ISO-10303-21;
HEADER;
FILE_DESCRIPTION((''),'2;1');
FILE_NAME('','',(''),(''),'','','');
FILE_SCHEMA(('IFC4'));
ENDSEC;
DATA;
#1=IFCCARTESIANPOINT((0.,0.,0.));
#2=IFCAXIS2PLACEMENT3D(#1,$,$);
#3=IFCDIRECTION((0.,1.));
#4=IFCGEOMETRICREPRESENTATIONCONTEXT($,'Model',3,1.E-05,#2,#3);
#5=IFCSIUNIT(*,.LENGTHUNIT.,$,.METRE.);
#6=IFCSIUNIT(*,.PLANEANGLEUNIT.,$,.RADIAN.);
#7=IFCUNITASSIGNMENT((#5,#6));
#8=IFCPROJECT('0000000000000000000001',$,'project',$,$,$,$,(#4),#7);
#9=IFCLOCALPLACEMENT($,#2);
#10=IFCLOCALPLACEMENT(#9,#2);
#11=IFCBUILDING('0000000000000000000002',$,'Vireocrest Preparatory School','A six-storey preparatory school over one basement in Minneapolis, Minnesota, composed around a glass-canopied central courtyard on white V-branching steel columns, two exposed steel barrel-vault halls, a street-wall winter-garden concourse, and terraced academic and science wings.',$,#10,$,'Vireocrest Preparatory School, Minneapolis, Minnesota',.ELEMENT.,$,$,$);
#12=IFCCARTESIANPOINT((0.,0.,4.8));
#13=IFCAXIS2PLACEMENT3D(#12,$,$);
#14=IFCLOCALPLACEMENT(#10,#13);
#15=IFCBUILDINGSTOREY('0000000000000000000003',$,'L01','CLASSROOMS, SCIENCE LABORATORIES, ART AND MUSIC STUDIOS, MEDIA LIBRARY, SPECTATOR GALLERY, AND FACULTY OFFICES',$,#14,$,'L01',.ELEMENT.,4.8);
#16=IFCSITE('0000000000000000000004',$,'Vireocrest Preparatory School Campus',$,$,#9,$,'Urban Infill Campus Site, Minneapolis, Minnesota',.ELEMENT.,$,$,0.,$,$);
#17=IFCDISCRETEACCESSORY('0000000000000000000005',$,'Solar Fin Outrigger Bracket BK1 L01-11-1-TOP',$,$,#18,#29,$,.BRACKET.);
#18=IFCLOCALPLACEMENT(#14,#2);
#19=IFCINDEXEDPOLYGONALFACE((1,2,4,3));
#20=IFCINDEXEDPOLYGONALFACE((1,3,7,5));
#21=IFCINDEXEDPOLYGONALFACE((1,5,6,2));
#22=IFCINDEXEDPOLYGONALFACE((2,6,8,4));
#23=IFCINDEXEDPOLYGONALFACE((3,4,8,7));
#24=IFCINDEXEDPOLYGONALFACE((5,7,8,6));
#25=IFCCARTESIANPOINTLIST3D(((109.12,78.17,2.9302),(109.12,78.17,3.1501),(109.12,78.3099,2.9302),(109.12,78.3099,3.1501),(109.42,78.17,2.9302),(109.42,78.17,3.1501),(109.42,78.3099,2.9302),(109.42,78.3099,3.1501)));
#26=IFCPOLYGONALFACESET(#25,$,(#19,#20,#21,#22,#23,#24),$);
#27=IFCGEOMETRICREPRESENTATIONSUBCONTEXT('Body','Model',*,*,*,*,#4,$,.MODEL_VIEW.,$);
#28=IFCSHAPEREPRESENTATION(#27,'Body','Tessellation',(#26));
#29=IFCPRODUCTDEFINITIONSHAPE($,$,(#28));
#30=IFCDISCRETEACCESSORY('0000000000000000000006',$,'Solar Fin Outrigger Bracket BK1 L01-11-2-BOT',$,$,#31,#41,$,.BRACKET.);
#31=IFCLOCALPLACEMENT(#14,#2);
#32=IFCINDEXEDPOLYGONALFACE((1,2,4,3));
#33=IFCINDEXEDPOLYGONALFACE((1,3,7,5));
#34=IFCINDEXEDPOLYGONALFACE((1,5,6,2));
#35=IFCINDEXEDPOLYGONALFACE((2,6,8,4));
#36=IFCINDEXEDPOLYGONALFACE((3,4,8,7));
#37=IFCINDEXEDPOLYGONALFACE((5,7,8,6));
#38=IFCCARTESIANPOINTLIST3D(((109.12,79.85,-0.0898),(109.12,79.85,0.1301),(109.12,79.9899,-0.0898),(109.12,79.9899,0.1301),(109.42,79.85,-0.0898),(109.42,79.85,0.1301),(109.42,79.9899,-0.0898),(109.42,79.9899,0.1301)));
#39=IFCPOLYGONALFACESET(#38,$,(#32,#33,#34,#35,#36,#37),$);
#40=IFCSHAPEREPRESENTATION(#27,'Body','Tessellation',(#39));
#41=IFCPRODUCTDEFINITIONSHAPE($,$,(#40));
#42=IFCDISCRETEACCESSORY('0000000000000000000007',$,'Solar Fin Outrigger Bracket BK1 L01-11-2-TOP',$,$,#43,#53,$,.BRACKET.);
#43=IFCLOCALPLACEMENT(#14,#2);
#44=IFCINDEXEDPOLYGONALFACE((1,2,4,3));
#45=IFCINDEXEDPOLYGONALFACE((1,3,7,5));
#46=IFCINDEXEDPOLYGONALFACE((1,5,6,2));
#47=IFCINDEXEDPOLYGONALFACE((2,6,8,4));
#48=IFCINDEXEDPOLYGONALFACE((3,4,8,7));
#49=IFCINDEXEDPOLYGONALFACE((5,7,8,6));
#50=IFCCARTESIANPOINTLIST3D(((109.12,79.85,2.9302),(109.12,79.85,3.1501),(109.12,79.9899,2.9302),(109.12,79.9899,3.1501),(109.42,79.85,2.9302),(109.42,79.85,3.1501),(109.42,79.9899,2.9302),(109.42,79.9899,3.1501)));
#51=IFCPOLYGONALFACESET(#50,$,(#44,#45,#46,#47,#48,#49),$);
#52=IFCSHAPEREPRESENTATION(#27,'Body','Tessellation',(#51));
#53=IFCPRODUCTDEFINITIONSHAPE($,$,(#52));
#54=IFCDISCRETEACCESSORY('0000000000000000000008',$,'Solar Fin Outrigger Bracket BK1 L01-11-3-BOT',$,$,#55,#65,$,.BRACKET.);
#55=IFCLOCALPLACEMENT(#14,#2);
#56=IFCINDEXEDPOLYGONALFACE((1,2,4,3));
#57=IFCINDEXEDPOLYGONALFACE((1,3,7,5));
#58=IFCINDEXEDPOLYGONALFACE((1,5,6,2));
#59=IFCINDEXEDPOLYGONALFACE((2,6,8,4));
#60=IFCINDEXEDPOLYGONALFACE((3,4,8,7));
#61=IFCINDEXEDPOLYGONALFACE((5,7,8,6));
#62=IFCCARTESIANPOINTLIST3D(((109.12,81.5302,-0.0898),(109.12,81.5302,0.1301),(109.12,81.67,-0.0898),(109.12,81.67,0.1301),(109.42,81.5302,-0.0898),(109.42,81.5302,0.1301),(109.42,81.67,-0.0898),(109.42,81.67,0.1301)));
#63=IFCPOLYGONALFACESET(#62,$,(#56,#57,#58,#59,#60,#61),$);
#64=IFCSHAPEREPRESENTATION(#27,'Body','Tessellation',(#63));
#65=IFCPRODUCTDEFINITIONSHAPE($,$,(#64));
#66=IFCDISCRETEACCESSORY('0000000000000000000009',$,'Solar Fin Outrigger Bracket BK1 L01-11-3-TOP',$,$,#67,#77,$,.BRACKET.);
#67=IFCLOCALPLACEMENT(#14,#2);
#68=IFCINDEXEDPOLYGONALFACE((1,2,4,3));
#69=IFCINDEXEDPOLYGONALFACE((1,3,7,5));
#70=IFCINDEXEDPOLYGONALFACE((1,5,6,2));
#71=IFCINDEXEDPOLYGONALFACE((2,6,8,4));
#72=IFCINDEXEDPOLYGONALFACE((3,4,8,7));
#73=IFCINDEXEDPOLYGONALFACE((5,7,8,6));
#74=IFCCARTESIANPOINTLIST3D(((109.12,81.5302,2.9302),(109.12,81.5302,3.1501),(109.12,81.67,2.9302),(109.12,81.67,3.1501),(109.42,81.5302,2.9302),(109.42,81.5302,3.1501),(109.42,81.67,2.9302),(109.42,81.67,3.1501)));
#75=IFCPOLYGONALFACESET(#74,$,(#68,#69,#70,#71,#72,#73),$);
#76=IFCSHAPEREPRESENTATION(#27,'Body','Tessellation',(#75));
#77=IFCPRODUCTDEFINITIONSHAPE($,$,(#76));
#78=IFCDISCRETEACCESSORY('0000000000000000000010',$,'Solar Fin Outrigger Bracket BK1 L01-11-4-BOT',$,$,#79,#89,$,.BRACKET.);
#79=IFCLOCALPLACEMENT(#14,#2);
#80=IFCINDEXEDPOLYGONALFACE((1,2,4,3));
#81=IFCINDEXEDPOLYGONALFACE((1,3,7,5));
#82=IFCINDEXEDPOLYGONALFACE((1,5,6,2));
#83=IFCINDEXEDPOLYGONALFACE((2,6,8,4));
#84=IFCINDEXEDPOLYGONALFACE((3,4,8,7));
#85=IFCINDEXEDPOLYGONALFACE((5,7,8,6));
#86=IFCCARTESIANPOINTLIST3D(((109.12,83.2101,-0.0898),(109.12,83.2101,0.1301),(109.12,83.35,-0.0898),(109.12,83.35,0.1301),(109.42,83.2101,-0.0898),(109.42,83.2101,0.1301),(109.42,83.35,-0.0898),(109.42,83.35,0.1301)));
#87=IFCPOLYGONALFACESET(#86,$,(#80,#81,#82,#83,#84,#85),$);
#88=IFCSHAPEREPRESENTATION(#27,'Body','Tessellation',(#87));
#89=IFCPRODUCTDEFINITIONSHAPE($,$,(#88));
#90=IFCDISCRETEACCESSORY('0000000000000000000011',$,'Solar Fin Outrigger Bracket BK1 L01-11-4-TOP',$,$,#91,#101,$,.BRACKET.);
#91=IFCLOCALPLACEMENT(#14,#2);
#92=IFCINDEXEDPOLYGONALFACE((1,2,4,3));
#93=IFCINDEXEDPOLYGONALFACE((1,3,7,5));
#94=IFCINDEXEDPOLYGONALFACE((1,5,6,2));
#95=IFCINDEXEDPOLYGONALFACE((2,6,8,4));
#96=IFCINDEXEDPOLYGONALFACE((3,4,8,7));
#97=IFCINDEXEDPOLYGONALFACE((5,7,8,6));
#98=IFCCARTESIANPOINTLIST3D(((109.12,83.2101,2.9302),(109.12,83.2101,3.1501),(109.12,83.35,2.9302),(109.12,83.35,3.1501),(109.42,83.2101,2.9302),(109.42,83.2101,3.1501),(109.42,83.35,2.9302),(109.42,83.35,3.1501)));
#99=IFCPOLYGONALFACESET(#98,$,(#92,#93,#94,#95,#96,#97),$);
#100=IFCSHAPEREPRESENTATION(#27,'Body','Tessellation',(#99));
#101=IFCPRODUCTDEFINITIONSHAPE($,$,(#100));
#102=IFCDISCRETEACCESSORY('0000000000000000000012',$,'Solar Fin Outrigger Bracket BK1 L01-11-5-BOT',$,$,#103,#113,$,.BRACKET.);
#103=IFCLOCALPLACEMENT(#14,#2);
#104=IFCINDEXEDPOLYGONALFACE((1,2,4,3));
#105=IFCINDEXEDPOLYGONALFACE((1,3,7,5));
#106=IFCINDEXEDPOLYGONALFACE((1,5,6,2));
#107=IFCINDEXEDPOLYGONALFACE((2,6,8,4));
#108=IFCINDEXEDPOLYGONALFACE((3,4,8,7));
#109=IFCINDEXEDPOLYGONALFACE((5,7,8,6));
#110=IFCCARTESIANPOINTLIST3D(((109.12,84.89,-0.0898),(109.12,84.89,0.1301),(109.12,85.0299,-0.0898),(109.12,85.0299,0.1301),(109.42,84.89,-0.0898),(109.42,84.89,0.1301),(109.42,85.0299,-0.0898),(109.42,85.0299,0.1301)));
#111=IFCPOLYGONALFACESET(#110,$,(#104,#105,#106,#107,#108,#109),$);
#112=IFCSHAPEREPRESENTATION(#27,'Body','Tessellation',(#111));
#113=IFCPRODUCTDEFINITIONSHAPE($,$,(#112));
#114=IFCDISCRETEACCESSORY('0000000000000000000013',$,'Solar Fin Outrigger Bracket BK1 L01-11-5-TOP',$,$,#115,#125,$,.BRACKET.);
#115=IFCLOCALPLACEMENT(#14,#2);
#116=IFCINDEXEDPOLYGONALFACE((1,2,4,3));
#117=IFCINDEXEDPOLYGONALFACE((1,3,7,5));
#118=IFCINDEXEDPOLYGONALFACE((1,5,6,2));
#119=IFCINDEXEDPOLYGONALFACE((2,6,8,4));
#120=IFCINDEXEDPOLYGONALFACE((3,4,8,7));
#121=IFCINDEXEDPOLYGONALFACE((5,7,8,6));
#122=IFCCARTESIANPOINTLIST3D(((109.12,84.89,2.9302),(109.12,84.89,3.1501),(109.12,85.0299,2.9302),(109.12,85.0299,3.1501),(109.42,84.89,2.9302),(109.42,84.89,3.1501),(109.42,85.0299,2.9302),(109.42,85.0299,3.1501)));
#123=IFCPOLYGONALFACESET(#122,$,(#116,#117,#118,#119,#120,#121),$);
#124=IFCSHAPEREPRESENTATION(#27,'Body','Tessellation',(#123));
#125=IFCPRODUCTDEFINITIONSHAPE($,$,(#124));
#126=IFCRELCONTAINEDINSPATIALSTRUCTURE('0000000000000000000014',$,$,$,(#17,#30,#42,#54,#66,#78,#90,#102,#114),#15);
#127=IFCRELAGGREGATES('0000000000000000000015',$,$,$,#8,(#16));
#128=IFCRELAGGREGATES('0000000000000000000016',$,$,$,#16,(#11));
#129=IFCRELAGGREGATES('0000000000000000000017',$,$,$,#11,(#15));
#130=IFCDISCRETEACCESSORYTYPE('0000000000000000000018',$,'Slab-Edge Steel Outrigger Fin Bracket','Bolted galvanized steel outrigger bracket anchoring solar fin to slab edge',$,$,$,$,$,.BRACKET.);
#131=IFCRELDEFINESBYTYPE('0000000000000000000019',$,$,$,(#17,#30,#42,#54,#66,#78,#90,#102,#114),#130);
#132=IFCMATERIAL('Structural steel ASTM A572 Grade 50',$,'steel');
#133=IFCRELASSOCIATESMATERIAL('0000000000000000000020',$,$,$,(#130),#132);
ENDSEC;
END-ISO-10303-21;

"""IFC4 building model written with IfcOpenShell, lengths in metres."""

from ifc_helpers import new_model, si_unit, direction, frame, origin, origin_2d, place, context, subcontext, project, spatial, rectangle, extrude, material, type_object, element, save


model = new_model("IFC4")

# Units and contexts
model_context = context("Model", 3, precision=1e-05, world=origin(), true_north=direction((0.0, 1.0)))
body_context = subcontext(model_context, "Body", "Model", "MODEL_VIEW")
ifc_project = project(units=[si_unit("LENGTHUNIT", "METRE"), si_unit("PLANEANGLEUNIT", "RADIAN")], contexts=[model_context])

# Site, building, storey
site_placement = place(None, origin())
site = spatial("IfcSite", under=ifc_project, at=site_placement, Name="Vireocrest Preparatory School Campus", LongName="Urban Infill Campus Site, Minneapolis, Minnesota", CompositionType="ELEMENT", RefElevation=0.0)
building_placement = place(site_placement, origin())
building = spatial("IfcBuilding", under=site, at=building_placement, Name="Vireocrest Preparatory School", Description="A six-storey preparatory school over one basement in Minneapolis, Minnesota, composed around a glass-canopied central courtyard on white V-branching steel columns, two exposed steel barrel-vault halls, a street-wall winter-garden concourse, and terraced academic and science wings.", LongName="Vireocrest Preparatory School, Minneapolis, Minnesota", CompositionType="ELEMENT")
storey_placement = place(building_placement, frame((0.0, 0.0, 4.8)))
storey = spatial("IfcBuildingStorey", under=building, at=storey_placement, Name="L01", Description="CLASSROOMS, SCIENCE LABORATORIES, ART AND MUSIC STUDIOS, MEDIA LIBRARY, SPECTATOR GALLERY, AND FACULTY OFFICES", LongName="L01", CompositionType="ELEMENT", Elevation=4.8)

# Discrete accessories
ifc_material_1 = material(Name="Structural steel ASTM A572 Grade 50", Category="steel")
discrete_accessory_type = type_object("IfcDiscreteAccessoryType", Name="Slab-Edge Steel Outrigger Fin Bracket", Description="Bolted galvanized steel outrigger bracket anchoring solar fin to slab edge", PredefinedType="BRACKET", material=ifc_material_1)
for number, where, z_axis, x_axis, name in (
    (1, (109.27, 78.24, 2.9302), (0.0, 0.0, 1.0), (0.0, -1.0, 0.0), "Solar Fin Outrigger Bracket BK1 L01-11-1-TOP"),
    (2, (109.27, 79.9199, -0.0898), (0.0, 0.0, 1.0), (0.0, -1.0, 0.0), "Solar Fin Outrigger Bracket BK1 L01-11-2-BOT"),
    (3, (109.27, 79.9199, 2.9302), (0.0, 0.0, 1.0), (0.0, -1.0, 0.0), "Solar Fin Outrigger Bracket BK1 L01-11-2-TOP"),
    (4, (109.27, 81.6001, -0.0898), (0.0, 0.0, 1.0), (0.0, -1.0, 0.0), "Solar Fin Outrigger Bracket BK1 L01-11-3-BOT"),
    (5, (109.27, 81.6001, 2.9302), (0.0, 0.0, 1.0), (0.0, -1.0, 0.0), "Solar Fin Outrigger Bracket BK1 L01-11-3-TOP"),
    (6, (109.27, 83.28, -0.0898), (0.0, 0.0, 1.0), (0.0, -1.0, 0.0), "Solar Fin Outrigger Bracket BK1 L01-11-4-BOT"),
    (7, (109.27, 83.28, 2.9302), (0.0, 0.0, 1.0), (0.0, -1.0, 0.0), "Solar Fin Outrigger Bracket BK1 L01-11-4-TOP"),
    (8, (109.27, 84.96, -0.0898), (0.0, 0.0, 1.0), (0.0, -1.0, 0.0), "Solar Fin Outrigger Bracket BK1 L01-11-5-BOT"),
    (9, (109.27, 84.96, 2.9302), (0.0, 0.0, 1.0), (0.0, -1.0, 0.0), "Solar Fin Outrigger Bracket BK1 L01-11-5-TOP"),
):
    element("IfcDiscreteAccessory", number, at=place(storey_placement, frame(where, z_axis=z_axis, x_axis=x_axis)), inside=storey, type_object=discrete_accessory_type, Name=name, PredefinedType="BRACKET", context=body_context, shape_type="SweptSolid", body=[
        extrude(rectangle(XDim=0.1399, YDim=0.3, at=origin_2d()), origin(), (0.0, 0.0, 1.0), 0.22),
    ])

save(model, "model.ifc")
